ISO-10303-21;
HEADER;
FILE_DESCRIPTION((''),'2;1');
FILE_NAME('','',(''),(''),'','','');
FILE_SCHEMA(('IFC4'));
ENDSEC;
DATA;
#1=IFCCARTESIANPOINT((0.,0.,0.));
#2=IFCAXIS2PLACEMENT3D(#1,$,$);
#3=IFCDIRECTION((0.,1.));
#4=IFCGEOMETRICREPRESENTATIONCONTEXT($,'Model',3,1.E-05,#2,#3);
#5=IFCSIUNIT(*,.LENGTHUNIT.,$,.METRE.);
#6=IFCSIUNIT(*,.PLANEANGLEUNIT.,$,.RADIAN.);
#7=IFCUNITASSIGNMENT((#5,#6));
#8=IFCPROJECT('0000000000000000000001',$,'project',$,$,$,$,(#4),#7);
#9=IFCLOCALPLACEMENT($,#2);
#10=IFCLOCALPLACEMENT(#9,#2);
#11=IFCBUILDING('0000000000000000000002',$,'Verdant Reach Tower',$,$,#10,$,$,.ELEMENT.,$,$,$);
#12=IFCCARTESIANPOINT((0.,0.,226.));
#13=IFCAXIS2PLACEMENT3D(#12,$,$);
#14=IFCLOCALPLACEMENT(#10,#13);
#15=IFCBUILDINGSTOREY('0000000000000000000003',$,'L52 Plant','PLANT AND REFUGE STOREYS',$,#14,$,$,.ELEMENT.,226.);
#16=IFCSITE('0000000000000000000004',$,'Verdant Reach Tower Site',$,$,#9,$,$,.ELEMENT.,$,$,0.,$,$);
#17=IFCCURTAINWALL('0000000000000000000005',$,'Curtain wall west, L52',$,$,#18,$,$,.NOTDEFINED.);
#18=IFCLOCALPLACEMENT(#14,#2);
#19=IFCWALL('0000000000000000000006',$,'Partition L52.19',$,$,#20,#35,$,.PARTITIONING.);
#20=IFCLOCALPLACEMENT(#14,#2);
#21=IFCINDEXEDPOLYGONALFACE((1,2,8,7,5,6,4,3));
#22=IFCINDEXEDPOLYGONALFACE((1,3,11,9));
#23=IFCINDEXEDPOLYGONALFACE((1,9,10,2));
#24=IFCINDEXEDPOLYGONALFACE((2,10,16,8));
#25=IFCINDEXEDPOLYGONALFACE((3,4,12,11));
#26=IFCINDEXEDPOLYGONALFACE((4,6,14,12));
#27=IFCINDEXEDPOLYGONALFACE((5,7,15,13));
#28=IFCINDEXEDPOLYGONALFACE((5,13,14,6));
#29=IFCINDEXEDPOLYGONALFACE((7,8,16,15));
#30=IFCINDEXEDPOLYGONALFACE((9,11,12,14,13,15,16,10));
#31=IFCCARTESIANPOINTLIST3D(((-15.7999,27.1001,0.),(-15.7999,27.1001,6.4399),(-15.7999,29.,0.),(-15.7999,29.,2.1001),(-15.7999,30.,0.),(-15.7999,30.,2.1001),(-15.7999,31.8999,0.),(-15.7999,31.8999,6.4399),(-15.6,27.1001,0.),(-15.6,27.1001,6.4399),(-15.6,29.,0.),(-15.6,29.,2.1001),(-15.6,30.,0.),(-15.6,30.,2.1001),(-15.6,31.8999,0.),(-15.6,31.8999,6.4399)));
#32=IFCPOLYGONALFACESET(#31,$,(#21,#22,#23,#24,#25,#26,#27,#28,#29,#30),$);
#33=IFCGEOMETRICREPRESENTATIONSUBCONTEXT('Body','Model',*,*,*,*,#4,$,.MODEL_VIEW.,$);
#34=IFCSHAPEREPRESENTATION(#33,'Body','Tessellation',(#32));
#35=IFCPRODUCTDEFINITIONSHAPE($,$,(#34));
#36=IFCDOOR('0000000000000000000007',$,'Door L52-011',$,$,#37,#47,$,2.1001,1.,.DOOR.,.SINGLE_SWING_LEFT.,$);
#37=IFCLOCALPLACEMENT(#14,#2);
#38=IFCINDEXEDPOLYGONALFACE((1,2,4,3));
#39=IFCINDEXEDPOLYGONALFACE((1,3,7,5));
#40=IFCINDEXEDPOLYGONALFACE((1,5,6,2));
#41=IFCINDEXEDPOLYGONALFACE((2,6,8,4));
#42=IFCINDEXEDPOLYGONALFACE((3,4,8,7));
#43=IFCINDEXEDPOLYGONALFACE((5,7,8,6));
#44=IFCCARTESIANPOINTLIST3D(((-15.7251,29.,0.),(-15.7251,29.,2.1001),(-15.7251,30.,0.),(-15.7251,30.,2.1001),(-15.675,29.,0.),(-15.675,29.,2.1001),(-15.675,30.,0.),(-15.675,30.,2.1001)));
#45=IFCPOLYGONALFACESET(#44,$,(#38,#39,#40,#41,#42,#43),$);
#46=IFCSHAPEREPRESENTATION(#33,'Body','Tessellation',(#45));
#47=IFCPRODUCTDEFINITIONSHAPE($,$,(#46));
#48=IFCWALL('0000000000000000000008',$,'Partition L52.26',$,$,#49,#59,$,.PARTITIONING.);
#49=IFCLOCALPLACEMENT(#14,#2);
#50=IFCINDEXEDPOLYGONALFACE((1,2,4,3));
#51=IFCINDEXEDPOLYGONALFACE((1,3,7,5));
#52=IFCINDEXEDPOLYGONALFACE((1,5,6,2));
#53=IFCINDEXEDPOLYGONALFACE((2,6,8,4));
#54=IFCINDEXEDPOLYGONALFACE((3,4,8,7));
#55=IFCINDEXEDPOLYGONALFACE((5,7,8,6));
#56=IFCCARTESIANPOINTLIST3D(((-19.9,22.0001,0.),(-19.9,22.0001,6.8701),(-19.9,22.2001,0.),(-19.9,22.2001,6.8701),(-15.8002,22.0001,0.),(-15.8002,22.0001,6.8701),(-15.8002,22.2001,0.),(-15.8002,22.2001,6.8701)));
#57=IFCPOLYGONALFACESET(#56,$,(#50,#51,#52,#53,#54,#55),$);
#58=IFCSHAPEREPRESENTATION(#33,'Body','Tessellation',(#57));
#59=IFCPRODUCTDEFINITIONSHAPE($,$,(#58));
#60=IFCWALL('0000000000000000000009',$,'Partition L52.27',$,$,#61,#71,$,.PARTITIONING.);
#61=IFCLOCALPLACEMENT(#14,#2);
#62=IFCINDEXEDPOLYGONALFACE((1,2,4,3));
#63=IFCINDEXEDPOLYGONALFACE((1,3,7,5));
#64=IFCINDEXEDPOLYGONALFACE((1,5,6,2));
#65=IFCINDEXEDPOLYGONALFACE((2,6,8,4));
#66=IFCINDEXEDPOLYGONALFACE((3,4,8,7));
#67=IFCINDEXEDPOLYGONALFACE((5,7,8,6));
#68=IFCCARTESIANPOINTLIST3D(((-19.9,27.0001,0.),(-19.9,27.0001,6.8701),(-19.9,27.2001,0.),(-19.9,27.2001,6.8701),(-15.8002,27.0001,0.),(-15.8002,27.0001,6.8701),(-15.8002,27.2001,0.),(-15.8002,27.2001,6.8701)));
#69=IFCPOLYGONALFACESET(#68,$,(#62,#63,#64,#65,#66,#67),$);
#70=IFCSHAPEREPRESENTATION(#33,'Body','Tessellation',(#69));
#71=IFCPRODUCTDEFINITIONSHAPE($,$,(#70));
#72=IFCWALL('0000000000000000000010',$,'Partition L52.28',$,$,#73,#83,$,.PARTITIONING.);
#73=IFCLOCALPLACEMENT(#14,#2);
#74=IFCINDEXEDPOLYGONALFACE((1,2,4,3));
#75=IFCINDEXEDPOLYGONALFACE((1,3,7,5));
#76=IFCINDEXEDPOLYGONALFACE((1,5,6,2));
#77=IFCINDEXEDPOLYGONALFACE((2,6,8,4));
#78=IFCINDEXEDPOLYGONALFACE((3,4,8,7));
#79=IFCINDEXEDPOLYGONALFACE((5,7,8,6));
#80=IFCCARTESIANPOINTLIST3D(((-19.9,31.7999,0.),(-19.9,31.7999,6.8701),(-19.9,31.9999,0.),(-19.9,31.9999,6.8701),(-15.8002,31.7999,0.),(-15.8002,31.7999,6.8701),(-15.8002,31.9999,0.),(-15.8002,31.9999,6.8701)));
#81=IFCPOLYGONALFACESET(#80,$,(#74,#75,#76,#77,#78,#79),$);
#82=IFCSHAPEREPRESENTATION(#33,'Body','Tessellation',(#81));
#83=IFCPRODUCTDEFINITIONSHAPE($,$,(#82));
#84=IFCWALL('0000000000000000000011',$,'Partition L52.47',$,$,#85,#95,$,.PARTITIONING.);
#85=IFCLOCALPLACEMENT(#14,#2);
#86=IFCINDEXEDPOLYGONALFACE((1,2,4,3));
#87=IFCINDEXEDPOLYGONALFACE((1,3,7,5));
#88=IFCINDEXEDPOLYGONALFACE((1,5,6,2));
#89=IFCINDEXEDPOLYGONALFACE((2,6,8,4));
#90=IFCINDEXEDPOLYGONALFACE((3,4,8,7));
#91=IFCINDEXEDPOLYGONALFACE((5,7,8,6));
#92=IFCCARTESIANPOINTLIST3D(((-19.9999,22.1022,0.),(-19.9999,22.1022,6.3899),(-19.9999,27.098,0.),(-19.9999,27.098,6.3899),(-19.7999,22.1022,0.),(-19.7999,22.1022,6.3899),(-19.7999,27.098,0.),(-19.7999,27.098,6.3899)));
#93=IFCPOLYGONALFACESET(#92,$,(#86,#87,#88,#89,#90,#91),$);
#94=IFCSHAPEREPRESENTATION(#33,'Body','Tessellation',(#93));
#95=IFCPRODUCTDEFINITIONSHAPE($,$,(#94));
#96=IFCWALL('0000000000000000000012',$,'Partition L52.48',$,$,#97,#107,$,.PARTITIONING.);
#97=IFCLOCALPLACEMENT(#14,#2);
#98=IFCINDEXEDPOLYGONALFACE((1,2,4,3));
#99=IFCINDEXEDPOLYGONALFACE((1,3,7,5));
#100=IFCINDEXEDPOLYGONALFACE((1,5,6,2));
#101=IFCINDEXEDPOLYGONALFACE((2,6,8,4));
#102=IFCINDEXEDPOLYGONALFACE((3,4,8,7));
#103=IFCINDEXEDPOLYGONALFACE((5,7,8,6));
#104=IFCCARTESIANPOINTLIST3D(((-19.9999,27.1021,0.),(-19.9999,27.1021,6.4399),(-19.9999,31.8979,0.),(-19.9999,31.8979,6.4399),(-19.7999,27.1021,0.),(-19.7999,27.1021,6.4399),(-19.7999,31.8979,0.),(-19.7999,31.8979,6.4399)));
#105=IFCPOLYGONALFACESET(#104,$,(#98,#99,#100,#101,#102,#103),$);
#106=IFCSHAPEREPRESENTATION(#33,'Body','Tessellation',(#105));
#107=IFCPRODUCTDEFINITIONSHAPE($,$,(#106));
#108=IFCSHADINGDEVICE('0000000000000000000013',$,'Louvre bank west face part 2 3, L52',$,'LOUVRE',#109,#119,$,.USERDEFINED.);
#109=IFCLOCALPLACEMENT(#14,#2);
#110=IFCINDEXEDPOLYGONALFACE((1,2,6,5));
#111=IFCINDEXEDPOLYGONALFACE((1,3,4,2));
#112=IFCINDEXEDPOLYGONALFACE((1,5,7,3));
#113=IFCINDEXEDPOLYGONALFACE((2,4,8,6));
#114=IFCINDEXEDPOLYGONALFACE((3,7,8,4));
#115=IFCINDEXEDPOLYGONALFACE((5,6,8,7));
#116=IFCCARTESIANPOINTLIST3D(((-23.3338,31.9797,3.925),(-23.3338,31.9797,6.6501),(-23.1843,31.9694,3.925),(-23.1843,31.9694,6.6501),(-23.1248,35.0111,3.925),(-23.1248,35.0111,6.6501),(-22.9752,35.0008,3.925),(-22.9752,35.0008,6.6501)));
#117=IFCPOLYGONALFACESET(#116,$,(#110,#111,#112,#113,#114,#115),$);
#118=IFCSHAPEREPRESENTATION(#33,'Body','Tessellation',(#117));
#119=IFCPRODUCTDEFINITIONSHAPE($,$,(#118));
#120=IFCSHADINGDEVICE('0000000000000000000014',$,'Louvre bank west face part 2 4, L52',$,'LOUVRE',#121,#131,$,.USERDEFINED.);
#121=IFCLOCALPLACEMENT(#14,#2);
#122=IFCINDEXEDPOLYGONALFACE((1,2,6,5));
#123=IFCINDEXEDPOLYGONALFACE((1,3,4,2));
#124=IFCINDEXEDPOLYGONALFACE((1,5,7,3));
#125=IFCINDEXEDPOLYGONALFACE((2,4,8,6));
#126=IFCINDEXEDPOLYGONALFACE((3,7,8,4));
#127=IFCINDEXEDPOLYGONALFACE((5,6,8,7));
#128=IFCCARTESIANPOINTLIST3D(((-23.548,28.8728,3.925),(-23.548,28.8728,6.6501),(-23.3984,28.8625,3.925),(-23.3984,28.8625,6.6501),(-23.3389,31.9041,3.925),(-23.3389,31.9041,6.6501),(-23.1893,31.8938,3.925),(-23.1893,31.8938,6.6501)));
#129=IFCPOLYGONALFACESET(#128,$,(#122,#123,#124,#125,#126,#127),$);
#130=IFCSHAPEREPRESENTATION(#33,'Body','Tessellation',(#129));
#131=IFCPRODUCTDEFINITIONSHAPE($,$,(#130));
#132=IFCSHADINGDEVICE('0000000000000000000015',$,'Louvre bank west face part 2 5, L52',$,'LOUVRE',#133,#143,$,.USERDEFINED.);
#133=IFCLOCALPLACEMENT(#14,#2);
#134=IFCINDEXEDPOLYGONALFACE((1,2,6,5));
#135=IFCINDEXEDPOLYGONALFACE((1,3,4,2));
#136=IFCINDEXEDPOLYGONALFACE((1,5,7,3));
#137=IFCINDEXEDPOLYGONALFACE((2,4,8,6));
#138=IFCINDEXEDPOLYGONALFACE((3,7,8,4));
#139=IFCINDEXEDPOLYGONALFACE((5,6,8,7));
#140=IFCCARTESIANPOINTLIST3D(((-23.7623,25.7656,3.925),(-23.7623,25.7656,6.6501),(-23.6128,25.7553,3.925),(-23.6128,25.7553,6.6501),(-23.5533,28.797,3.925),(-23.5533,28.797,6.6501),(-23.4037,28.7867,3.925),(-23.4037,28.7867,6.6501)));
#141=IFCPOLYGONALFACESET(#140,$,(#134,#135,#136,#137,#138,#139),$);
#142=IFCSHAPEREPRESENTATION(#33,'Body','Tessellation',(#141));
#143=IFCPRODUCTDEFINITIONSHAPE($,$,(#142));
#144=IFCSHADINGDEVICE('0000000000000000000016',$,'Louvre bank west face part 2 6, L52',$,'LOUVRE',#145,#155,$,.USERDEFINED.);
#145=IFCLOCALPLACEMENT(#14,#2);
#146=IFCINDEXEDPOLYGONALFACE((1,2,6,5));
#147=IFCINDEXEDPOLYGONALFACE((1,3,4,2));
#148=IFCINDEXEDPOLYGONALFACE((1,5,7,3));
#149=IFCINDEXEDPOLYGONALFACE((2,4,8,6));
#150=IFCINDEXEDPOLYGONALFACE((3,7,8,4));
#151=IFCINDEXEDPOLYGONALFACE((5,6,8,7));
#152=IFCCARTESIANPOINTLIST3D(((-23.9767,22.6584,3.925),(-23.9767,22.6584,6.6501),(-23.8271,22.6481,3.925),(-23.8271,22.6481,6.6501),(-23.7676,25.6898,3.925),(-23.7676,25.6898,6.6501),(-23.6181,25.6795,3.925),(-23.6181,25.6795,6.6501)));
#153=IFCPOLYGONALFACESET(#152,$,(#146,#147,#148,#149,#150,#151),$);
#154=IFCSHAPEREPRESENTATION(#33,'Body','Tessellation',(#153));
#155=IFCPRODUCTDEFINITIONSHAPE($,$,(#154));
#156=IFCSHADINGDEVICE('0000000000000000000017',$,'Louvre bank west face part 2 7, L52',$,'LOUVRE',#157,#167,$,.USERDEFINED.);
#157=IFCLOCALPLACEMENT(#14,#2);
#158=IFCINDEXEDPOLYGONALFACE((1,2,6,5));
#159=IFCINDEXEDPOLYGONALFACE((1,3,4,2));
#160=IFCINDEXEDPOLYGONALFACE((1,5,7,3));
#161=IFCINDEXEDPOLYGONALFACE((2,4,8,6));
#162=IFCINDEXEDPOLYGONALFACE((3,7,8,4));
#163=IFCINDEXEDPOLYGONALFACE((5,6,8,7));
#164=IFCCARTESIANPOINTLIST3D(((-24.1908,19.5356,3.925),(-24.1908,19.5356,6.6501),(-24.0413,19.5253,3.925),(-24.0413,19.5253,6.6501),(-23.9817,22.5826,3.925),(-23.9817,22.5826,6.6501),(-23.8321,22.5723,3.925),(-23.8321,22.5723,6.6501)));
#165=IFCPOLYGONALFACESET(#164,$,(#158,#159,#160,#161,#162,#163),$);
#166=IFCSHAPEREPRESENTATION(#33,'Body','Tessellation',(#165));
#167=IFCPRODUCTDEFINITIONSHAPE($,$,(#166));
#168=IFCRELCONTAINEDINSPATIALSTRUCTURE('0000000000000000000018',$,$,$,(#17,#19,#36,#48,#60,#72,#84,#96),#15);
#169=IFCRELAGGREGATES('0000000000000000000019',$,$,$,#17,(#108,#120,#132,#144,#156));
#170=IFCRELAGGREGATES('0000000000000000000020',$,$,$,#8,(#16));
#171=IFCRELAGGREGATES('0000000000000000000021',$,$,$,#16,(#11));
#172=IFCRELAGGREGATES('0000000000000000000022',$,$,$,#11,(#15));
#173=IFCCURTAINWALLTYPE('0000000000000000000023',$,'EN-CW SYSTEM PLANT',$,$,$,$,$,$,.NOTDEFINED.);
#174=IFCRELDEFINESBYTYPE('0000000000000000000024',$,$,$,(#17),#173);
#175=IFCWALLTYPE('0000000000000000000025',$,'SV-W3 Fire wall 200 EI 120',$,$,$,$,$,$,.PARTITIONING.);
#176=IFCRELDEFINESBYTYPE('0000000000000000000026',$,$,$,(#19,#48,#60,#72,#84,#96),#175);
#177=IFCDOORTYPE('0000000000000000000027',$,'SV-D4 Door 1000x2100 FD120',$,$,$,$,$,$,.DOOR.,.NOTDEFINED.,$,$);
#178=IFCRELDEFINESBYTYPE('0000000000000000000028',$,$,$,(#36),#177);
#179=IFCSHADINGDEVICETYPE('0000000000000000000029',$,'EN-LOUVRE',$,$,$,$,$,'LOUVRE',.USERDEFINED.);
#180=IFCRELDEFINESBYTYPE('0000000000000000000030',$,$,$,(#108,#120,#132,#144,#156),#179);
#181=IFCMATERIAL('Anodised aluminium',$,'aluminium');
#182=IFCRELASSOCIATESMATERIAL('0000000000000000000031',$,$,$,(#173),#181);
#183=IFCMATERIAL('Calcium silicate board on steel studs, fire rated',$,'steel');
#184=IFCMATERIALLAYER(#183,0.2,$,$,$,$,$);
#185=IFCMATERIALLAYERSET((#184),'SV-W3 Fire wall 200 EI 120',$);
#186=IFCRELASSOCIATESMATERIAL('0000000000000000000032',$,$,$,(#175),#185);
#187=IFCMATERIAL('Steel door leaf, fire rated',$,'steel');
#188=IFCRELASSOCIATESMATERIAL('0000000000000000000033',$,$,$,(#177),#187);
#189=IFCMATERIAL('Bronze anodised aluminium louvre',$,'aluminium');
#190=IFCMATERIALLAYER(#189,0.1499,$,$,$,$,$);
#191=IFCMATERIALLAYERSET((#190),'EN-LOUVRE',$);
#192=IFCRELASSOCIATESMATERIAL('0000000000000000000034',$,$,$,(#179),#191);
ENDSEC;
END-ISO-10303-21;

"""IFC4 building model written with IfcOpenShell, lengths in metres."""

from ifc_helpers import new_model, si_unit, direction, frame, frame_2d, origin, origin_2d, place, context, subcontext, project, spatial, rectangle, extrude, material, layer, layer_set, type_object, element, fill, aggregate, save


model = new_model("IFC4")

# Units and contexts
model_context = context("Model", 3, precision=1e-05, world=origin(), true_north=direction((0.0, 1.0)))
body_context = subcontext(model_context, "Body", "Model", "MODEL_VIEW")
ifc_project = project(units=[si_unit("LENGTHUNIT", "METRE"), si_unit("PLANEANGLEUNIT", "RADIAN")], contexts=[model_context])

# Site, building, storey
site_placement = place(None, origin())
site = spatial("IfcSite", under=ifc_project, at=site_placement, Name="Verdant Reach Tower Site", CompositionType="ELEMENT", RefElevation=0.0)
building_placement = place(site_placement, origin())
building = spatial("IfcBuilding", under=site, at=building_placement, Name="Verdant Reach Tower", CompositionType="ELEMENT")
storey_placement = place(building_placement, frame((0.0, 0.0, 226.0)))
storey = spatial("IfcBuildingStorey", under=building, at=storey_placement, Name="L52 Plant", Description="PLANT AND REFUGE STOREYS", CompositionType="ELEMENT", Elevation=226.0)

# Curtain wall
ifc_material_1 = material(Name="Anodised aluminium", Category="aluminium")
curtain_wall_type = type_object("IfcCurtainWallType", Name="EN-CW SYSTEM PLANT", PredefinedType="NOTDEFINED", material=ifc_material_1)
curtain_wall_1_placement = place(storey_placement, origin())
curtain_wall_1 = element("IfcCurtainWall", 1, at=curtain_wall_1_placement, inside=storey, type_object=curtain_wall_type, Name="Curtain wall west, L52", PredefinedType="NOTDEFINED")

# Wall, opening, door
ifc_material_2 = material(Name="Calcium silicate board on steel studs, fire rated", Category="steel")
ifc_layer_1 = layer(ifc_material_2, 0.2)
ifc_layer_set_1 = layer_set([ifc_layer_1], Name="SV-W3 Fire wall 200 EI 120")
wall_type_1 = type_object("IfcWallType", Name="SV-W3 Fire wall 200 EI 120", PredefinedType="PARTITIONING", material=ifc_layer_set_1)
ifc_material_3 = material(Name="Steel door leaf, fire rated", Category="steel")
door_type = type_object("IfcDoorType", Name="SV-D4 Door 1000x2100 FD120", OperationType="NOTDEFINED", PredefinedType="DOOR", material=ifc_material_3)
wall_1_placement = place(storey_placement, frame((-15.7, 31.8999, 0.0), z_axis=(0.0, 0.0, 1.0), x_axis=(0.0, -1.0, 0.0)))
wall_1 = element("IfcWall", 2, at=wall_1_placement, inside=storey, type_object=wall_type_1, Name="Partition L52.19", PredefinedType="PARTITIONING", context=body_context, shape_type="SweptSolid", body=[
    extrude(rectangle(XDim=4.7998, YDim=0.2, at=frame_2d((2.3999, 0.0))), origin(), (0.0, 0.0, 1.0), 6.4399),
])
opening_1_placement = place(wall_1_placement, frame((1.8999, 0.0, 0.0)))
opening_1 = element("IfcOpeningElement", 3, at=opening_1_placement, cuts=wall_1, PredefinedType="OPENING", context=body_context, shape_type="SweptSolid", body=[
    extrude(rectangle(XDim=1.0, YDim=2.1001, at=frame_2d((0.5, 1.05))), frame((0.0, 0.1099, 0.0), z_axis=(0.0, -1.0, 0.0), x_axis=(1.0, 0.0, 0.0)), (0.0, 0.0, 1.0), 0.22),
])
door_1_placement = place(opening_1_placement, origin())
door_1 = element("IfcDoor", 4, at=door_1_placement, inside=storey, type_object=door_type, Name="Door L52-011", OperationType="SINGLE_SWING_LEFT", OverallHeight=2.1001, OverallWidth=1.0, PredefinedType="DOOR", context=body_context, shape_type="SweptSolid", body=[
    extrude(rectangle(XDim=1.0, YDim=2.1001, at=frame_2d((0.5, 1.05))), frame((0.0, 0.0249, 0.0), z_axis=(0.0, -1.0, 0.0), x_axis=(1.0, 0.0, 0.0)), (0.0, 0.0, 1.0), 0.05),
])
fill(opening_1, door_1)

# Walls
for number, where, z_axis, x_axis, name in (
    (5, (-19.8999, 22.1001, 0.0), (0.0, 0.0, 1.0), (1.0, 0.0, 0.0), "Partition L52.26"),
    (6, (-19.8999, 27.1001, 0.0), (0.0, 0.0, 1.0), (1.0, 0.0, 0.0), "Partition L52.27"),
    (7, (-19.8999, 31.8999, 0.0), (0.0, 0.0, 1.0), (1.0, 0.0, 0.0), "Partition L52.28"),
):
    element("IfcWall", number, at=place(storey_placement, frame(where, z_axis=z_axis, x_axis=x_axis)), inside=storey, type_object=wall_type_1, Name=name, PredefinedType="PARTITIONING", context=body_context, shape_type="SweptSolid", body=[
        extrude(rectangle(XDim=4.0999, YDim=0.2, at=frame_2d((2.0498, 0.0))), origin(), (0.0, 0.0, 1.0), 6.8701),
    ])
wall_2_placement = place(storey_placement, frame((-19.8999, 22.1021, 0.0), z_axis=(0.0, 0.0, 1.0), x_axis=(0.0, 1.0, 0.0)))
element("IfcWall", 8, at=wall_2_placement, inside=storey, type_object=wall_type_1, Name="Partition L52.47", PredefinedType="PARTITIONING", context=body_context, shape_type="SweptSolid", body=[
    extrude(rectangle(XDim=4.9958, YDim=0.2, at=frame_2d((2.498, 0.0))), origin(), (0.0, 0.0, 1.0), 6.3899),
])
wall_3_placement = place(storey_placement, frame((-19.8999, 27.1021, 0.0), z_axis=(0.0, 0.0, 1.0), x_axis=(0.0, 1.0, 0.0)))
element("IfcWall", 9, at=wall_3_placement, inside=storey, type_object=wall_type_1, Name="Partition L52.48", PredefinedType="PARTITIONING", context=body_context, shape_type="SweptSolid", body=[
    extrude(rectangle(XDim=4.7959, YDim=0.2, at=frame_2d((2.3979, 0.0))), origin(), (0.0, 0.0, 1.0), 6.4399),
])

# Shading devices
ifc_material_4 = material(Name="Bronze anodised aluminium louvre", Category="aluminium")
ifc_layer_2 = layer(ifc_material_4, 0.1499)
ifc_layer_set_2 = layer_set([ifc_layer_2], Name="EN-LOUVRE")
shading_device_type = type_object("IfcShadingDeviceType", Name="EN-LOUVRE", ElementType="LOUVRE", PredefinedType="USERDEFINED", material=ifc_layer_set_2)
shading_device_1_placement = place(storey_placement, frame((-23.1545, 33.4902, 3.925), z_axis=(0.0, 0.0, 1.0), x_axis=(-0.068802, -0.99763, 0.0)))
shading_device_1 = element("IfcShadingDevice", 10, at=shading_device_1_placement, type_object=shading_device_type, Name="Louvre bank west face part 2 3, L52", ObjectType="LOUVRE", PredefinedType="USERDEFINED", context=body_context, shape_type="SweptSolid", body=[
    extrude(rectangle(XDim=3.0386, YDim=0.1499, at=origin_2d()), origin(), (0.0, 0.0, 1.0), 2.7251),
])
shading_device_2_placement = place(storey_placement, frame((-23.3687, 30.3833, 3.925), z_axis=(0.0, 0.0, 1.0), x_axis=(-0.068802, -0.99763, 0.0)))
shading_device_2 = element("IfcShadingDevice", 11, at=shading_device_2_placement, type_object=shading_device_type, Name="Louvre bank west face part 2 4, L52", ObjectType="LOUVRE", PredefinedType="USERDEFINED", context=body_context, shape_type="SweptSolid", body=[
    extrude(rectangle(XDim=3.0386, YDim=0.1499, at=origin_2d()), origin(), (0.0, 0.0, 1.0), 2.7251),
])
shading_device_3_placement = place(storey_placement, frame((-23.583, 27.2761, 3.925), z_axis=(0.0, 0.0, 1.0), x_axis=(-0.068802, -0.99763, 0.0)))
shading_device_3 = element("IfcShadingDevice", 12, at=shading_device_3_placement, type_object=shading_device_type, Name="Louvre bank west face part 2 5, L52", ObjectType="LOUVRE", PredefinedType="USERDEFINED", context=body_context, shape_type="SweptSolid", body=[
    extrude(rectangle(XDim=3.0386, YDim=0.1499, at=origin_2d()), origin(), (0.0, 0.0, 1.0), 2.7251),
])
shading_device_4_placement = place(storey_placement, frame((-23.7974, 24.1689, 3.925), z_axis=(0.0, 0.0, 1.0), x_axis=(-0.068802, -0.99763, 0.0)))
shading_device_4 = element("IfcShadingDevice", 13, at=shading_device_4_placement, type_object=shading_device_type, Name="Louvre bank west face part 2 6, L52", ObjectType="LOUVRE", PredefinedType="USERDEFINED", context=body_context, shape_type="SweptSolid", body=[
    extrude(rectangle(XDim=3.0386, YDim=0.1499, at=origin_2d()), origin(), (0.0, 0.0, 1.0), 2.7251),
])
shading_device_5_placement = place(storey_placement, frame((-24.0115, 21.054, 3.925), z_axis=(0.0, 0.0, 1.0), x_axis=(-0.068469, -0.997653, 0.0)))
shading_device_5 = element("IfcShadingDevice", 14, at=shading_device_5_placement, type_object=shading_device_type, Name="Louvre bank west face part 2 7, L52", ObjectType="LOUVRE", PredefinedType="USERDEFINED", context=body_context, shape_type="SweptSolid", body=[
    extrude(rectangle(XDim=3.0542, YDim=0.1499, at=origin_2d()), origin(), (0.0, 0.0, 1.0), 2.7251),
])
aggregate(curtain_wall_1, [shading_device_1, shading_device_2, shading_device_3, shading_device_4, shading_device_5])

save(model, "model.ifc")
